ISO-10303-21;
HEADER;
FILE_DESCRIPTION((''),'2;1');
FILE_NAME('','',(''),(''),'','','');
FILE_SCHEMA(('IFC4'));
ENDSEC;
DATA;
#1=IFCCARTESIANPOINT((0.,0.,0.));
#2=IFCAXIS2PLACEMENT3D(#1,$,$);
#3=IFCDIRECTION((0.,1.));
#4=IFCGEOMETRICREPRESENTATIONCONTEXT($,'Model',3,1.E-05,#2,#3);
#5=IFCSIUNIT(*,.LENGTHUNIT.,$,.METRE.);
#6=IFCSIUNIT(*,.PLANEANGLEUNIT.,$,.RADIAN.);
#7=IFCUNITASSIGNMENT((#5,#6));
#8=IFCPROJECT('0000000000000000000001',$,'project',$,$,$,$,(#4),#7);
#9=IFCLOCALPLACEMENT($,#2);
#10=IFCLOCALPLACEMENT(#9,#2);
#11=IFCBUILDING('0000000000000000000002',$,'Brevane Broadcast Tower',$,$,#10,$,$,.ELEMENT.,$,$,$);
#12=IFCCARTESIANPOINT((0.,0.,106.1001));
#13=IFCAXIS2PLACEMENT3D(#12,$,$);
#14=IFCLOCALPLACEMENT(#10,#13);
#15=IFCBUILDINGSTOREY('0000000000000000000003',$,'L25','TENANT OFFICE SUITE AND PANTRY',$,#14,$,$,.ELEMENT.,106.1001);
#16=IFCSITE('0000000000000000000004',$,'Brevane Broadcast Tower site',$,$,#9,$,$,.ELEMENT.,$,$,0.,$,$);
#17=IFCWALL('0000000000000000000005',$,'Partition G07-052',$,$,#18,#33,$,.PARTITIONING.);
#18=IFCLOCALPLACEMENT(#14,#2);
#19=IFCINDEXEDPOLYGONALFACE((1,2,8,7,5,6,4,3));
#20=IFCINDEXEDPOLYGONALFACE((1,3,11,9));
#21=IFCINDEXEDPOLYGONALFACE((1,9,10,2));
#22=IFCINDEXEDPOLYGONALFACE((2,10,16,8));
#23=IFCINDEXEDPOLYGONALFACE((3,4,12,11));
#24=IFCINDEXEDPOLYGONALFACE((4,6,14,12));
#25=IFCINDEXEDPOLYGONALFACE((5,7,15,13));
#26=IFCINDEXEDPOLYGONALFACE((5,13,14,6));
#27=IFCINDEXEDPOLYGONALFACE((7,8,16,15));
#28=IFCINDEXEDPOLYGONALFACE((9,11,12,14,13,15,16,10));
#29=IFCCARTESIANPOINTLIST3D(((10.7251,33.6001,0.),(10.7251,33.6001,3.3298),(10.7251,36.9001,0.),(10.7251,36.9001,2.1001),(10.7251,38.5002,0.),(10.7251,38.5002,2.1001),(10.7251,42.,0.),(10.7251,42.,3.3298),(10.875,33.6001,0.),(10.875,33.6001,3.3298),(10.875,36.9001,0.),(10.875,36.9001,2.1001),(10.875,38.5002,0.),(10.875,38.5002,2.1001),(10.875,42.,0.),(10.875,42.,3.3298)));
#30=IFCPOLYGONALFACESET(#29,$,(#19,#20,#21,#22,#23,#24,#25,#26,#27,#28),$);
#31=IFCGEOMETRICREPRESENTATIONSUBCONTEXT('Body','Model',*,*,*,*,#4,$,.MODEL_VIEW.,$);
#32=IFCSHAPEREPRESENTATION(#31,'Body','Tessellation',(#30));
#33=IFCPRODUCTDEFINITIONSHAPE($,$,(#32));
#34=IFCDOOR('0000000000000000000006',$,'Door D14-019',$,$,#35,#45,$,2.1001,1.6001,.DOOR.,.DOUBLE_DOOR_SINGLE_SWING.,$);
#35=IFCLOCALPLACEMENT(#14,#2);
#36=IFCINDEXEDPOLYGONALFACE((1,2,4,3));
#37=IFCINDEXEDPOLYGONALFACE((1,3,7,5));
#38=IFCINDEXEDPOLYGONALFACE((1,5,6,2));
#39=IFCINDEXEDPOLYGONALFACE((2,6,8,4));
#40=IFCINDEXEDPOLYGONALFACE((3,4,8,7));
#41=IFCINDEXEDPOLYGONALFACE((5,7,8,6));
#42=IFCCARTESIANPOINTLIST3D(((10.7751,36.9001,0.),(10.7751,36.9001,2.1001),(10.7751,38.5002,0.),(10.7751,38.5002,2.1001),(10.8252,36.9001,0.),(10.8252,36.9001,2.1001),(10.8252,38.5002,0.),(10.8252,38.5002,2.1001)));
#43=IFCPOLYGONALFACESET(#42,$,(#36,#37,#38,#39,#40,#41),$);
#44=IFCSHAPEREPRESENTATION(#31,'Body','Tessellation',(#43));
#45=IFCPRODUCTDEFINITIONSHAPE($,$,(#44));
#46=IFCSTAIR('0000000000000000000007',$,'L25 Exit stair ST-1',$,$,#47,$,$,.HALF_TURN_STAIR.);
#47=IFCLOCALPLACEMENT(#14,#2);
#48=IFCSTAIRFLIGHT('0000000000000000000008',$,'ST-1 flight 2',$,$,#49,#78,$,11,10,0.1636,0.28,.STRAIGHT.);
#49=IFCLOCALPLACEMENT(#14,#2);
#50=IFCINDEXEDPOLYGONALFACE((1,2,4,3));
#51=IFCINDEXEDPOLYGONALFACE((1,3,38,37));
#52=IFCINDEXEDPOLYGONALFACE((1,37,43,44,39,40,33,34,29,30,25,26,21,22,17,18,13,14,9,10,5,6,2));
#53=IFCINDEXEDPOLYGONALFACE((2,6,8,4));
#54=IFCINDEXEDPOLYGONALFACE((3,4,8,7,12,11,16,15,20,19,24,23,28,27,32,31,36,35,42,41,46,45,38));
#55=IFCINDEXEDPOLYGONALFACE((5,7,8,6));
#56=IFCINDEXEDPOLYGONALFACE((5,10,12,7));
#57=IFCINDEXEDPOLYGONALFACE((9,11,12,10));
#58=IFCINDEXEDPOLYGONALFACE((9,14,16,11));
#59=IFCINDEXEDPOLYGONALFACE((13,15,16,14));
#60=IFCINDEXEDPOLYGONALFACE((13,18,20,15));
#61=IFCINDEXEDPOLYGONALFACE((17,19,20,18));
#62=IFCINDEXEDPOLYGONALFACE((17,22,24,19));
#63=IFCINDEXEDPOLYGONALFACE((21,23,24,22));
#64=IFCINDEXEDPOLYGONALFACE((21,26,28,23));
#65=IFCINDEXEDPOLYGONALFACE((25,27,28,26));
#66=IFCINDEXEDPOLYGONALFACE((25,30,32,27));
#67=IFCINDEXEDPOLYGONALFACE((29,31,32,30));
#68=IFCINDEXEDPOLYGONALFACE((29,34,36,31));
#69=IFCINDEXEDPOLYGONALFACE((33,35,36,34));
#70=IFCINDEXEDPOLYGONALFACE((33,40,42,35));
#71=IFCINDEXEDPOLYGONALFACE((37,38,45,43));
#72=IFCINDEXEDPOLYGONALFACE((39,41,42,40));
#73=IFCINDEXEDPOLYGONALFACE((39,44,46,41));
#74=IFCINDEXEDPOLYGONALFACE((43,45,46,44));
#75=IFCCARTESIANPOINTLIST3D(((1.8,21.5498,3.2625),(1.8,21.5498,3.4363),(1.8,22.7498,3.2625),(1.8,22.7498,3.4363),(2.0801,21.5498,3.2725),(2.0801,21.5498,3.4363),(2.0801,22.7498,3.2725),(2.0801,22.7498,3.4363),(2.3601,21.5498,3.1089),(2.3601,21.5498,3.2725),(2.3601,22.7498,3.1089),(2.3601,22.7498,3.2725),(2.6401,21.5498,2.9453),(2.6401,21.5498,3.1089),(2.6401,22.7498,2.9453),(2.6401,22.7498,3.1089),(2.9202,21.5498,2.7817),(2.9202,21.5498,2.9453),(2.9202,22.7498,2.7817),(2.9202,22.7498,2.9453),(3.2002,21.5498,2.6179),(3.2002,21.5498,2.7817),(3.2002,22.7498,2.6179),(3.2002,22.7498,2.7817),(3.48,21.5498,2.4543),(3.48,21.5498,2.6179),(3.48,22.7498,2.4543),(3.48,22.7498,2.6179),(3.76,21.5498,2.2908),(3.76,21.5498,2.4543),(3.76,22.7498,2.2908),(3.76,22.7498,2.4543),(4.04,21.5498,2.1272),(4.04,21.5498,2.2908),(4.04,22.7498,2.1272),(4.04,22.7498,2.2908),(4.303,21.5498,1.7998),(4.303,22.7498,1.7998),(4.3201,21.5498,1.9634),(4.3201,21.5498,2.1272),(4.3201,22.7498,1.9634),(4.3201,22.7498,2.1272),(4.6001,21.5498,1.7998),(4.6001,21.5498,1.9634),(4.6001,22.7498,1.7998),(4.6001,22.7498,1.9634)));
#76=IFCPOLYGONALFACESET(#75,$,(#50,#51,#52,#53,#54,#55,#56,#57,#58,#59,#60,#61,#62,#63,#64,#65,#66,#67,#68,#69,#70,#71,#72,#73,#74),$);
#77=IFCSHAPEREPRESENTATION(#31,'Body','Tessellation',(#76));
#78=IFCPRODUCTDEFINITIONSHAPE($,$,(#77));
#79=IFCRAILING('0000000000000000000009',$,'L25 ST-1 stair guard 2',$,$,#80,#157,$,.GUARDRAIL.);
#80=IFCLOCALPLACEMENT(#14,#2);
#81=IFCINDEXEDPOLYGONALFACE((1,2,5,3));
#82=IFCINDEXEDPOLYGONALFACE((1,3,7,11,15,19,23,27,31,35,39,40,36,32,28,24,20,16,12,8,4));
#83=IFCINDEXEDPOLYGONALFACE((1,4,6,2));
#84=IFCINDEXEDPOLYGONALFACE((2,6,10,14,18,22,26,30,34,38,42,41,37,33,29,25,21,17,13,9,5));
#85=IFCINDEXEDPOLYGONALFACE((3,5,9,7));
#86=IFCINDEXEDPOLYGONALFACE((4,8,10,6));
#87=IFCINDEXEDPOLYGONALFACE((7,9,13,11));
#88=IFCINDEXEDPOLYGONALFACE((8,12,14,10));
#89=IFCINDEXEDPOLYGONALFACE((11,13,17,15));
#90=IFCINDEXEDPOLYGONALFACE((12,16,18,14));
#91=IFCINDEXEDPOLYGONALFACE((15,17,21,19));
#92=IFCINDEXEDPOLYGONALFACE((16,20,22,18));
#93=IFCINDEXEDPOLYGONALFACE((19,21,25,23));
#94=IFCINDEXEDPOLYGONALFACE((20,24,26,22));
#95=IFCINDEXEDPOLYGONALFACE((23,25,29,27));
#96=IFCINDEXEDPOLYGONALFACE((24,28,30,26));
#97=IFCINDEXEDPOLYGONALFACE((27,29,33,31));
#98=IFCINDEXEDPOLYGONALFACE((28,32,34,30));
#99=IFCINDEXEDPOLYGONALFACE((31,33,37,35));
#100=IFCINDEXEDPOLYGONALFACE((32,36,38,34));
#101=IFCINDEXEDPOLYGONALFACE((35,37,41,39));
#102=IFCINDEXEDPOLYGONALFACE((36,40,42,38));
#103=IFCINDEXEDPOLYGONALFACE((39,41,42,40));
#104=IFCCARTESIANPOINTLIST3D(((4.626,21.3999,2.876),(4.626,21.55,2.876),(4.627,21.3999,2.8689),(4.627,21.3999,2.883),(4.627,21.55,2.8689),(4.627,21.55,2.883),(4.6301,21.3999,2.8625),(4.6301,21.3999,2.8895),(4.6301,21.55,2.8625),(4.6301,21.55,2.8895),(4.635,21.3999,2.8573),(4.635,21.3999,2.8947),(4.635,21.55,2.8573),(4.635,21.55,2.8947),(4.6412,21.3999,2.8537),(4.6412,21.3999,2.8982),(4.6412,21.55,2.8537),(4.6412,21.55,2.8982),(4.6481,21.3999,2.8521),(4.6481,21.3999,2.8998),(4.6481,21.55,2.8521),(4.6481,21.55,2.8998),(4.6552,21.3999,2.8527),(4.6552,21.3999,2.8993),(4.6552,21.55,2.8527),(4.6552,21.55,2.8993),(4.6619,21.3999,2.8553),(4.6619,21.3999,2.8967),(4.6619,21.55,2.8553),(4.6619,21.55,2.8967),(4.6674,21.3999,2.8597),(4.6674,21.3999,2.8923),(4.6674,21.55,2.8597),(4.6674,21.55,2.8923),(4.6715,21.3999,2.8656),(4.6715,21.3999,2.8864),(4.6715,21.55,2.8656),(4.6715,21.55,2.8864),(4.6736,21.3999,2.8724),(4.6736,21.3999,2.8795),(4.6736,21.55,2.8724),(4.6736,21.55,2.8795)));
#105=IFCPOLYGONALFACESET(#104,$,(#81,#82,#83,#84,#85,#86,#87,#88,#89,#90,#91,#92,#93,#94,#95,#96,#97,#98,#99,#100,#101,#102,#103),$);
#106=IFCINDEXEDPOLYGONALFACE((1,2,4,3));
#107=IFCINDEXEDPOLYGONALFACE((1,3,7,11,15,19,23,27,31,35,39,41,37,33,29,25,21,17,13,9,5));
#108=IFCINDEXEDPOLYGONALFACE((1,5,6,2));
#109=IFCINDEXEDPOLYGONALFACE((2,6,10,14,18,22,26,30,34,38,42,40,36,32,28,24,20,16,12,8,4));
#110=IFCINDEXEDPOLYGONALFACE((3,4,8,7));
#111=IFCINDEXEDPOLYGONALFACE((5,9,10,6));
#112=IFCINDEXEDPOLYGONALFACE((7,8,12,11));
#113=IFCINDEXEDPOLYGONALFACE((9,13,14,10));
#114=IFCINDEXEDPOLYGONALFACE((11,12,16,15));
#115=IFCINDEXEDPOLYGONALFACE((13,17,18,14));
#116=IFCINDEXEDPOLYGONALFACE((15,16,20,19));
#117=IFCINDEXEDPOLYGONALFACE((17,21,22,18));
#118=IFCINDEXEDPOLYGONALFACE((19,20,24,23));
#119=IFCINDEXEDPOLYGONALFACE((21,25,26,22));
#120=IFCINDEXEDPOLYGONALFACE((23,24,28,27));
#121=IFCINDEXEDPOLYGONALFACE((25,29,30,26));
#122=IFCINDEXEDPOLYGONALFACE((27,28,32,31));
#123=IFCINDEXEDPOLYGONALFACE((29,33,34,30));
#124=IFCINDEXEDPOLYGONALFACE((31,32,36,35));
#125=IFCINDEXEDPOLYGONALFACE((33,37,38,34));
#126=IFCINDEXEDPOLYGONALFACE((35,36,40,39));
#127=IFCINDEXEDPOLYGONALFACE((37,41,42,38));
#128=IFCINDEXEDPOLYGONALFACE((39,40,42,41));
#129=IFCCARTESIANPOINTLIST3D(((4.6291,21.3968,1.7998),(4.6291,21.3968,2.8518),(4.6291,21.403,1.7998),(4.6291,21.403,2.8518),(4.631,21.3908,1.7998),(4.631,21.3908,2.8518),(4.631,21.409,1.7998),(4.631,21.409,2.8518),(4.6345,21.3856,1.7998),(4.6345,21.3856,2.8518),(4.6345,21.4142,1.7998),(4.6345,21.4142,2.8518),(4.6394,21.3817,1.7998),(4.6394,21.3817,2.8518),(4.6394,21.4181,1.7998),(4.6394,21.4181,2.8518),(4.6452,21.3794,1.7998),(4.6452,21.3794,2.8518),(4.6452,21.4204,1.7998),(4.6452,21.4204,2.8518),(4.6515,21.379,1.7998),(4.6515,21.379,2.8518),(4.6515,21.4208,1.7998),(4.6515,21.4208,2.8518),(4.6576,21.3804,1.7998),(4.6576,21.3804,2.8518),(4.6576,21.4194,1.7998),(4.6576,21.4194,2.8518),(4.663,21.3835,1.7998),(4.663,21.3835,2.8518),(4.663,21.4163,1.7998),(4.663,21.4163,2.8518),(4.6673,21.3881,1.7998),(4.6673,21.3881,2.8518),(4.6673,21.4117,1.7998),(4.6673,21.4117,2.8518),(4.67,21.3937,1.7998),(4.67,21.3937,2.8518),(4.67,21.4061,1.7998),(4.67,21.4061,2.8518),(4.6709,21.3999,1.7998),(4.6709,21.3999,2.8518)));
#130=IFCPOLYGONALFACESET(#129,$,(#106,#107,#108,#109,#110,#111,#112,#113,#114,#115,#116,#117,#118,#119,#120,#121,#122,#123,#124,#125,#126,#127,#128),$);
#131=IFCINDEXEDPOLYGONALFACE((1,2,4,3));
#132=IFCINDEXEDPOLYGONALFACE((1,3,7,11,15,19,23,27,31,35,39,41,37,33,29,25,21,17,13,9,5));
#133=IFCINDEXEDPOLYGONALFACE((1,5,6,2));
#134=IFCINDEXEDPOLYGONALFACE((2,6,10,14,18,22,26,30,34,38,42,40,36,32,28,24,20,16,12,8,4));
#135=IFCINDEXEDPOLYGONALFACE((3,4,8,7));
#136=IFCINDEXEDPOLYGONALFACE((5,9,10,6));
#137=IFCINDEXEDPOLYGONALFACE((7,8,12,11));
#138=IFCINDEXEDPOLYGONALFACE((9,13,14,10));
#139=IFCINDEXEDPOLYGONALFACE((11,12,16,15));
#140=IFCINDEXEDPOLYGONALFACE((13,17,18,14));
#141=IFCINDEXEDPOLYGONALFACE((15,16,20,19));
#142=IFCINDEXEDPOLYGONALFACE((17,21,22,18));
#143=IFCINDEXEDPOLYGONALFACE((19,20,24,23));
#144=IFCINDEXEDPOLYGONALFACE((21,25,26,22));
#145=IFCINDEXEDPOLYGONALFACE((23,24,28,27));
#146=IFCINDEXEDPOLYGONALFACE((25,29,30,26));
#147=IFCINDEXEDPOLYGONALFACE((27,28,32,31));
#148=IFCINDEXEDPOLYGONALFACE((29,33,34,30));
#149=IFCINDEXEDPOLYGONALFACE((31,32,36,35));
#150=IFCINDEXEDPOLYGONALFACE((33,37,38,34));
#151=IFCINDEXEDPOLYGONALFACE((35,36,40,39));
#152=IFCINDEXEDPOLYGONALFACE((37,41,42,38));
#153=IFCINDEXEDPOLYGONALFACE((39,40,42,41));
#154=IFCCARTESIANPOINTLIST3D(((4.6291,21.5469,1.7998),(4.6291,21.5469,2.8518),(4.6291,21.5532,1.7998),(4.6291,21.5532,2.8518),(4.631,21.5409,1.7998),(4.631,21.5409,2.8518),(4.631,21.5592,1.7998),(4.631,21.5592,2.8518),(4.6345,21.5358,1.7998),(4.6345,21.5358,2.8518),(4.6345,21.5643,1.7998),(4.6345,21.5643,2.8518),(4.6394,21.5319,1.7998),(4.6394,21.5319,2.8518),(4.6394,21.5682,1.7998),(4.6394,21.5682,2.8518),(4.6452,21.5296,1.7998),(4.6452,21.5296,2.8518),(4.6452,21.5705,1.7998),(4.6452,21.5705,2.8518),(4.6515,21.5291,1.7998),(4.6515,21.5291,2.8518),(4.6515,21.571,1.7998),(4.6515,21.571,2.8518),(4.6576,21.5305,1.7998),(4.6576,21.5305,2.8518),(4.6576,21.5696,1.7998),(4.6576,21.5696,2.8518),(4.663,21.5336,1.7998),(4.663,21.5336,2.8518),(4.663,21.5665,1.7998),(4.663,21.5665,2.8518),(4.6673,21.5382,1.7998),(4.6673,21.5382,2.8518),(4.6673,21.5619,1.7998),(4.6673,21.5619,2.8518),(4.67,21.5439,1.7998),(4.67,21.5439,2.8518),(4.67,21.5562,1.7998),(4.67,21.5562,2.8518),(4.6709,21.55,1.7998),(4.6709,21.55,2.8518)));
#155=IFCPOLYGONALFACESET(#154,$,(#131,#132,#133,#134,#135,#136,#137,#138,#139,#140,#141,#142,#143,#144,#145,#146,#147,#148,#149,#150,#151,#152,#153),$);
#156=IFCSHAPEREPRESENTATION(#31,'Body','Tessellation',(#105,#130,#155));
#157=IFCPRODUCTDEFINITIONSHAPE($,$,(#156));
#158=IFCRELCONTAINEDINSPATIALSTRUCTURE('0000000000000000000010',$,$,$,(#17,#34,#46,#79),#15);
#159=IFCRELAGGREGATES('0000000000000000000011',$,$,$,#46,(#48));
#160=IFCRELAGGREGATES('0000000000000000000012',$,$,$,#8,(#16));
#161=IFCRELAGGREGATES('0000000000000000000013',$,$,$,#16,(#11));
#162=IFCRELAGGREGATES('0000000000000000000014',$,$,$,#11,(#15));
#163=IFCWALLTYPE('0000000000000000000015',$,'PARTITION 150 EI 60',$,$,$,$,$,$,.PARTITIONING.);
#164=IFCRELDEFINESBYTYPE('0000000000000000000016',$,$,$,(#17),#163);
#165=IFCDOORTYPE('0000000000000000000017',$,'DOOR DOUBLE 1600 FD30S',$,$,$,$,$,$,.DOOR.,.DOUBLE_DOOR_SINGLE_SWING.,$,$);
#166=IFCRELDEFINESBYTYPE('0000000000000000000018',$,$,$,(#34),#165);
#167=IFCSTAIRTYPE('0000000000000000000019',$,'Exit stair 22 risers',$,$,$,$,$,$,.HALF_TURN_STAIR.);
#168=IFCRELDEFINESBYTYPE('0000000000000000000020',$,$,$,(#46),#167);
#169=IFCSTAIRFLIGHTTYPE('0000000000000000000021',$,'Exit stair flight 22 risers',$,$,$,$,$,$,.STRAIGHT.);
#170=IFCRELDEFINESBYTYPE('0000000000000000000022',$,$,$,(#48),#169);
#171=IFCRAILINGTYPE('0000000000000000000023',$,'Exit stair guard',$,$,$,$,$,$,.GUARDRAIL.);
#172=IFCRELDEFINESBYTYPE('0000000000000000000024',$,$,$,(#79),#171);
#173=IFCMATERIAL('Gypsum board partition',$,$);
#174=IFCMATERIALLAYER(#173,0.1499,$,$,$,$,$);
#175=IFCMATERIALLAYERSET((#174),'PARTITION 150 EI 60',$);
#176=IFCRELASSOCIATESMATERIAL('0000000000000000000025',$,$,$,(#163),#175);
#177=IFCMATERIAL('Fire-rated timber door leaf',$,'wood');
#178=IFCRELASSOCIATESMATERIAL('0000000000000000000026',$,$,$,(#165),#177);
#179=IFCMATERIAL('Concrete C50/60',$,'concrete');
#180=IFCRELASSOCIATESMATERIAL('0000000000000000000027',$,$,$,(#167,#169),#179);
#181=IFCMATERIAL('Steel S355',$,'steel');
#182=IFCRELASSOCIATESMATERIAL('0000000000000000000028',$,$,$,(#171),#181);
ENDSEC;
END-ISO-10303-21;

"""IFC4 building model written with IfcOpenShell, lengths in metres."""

from ifc_helpers import new_model, si_unit, direction, frame, frame_2d, origin, origin_2d, place, context, subcontext, project, spatial, polyline, rectangle, circle, outline, extrude, material, layer, layer_set, type_object, element, fill, aggregate, save


model = new_model("IFC4")

# Units and contexts
model_context = context("Model", 3, precision=1e-05, world=origin(), true_north=direction((0.0, 1.0)))
body_context = subcontext(model_context, "Body", "Model", "MODEL_VIEW")
ifc_project = project(units=[si_unit("LENGTHUNIT", "METRE"), si_unit("PLANEANGLEUNIT", "RADIAN")], contexts=[model_context])

# Site, building, storey
site_placement = place(None, origin())
site = spatial("IfcSite", under=ifc_project, at=site_placement, Name="Brevane Broadcast Tower site", CompositionType="ELEMENT", RefElevation=0.0)
building_placement = place(site_placement, origin())
building = spatial("IfcBuilding", under=site, at=building_placement, Name="Brevane Broadcast Tower", CompositionType="ELEMENT")
storey_placement = place(building_placement, frame((0.0, 0.0, 106.1001)))
storey = spatial("IfcBuildingStorey", under=building, at=storey_placement, Name="L25", Description="TENANT OFFICE SUITE AND PANTRY", CompositionType="ELEMENT", Elevation=106.1001)

# Shared definitions
ifc_material_1 = material(Name="Gypsum board partition")

# Shared definitions
ifc_layer_1 = layer(ifc_material_1, 0.1499)
ifc_layer_set_1 = layer_set([ifc_layer_1], Name="PARTITION 150 EI 60")
wall_type_1 = type_object("IfcWallType", Name="PARTITION 150 EI 60", PredefinedType="PARTITIONING", material=ifc_layer_set_1)
ifc_material_2 = material(Name="Fire-rated timber door leaf", Category="wood")
door_type_1 = type_object("IfcDoorType", Name="DOOR DOUBLE 1600 FD30S", OperationType="DOUBLE_DOOR_SINGLE_SWING", PredefinedType="DOOR", material=ifc_material_2)

# Wall, opening, door
wall_1_placement = place(storey_placement, frame((10.8, 33.6001, 0.0), z_axis=(0.0, 0.0, 1.0), x_axis=(0.0, 1.0, 0.0)))
wall_1 = element("IfcWall", 1, at=wall_1_placement, inside=storey, type_object=wall_type_1, Name="Partition G07-052", PredefinedType="PARTITIONING", context=body_context, shape_type="SweptSolid", body=[
    extrude(rectangle(XDim=8.3999, YDim=0.1499, at=frame_2d((4.2, 0.0))), origin(), (0.0, 0.0, 1.0), 3.3298),
])
opening_1_placement = place(wall_1_placement, frame((3.3, 0.0, 0.0)))
opening_1 = element("IfcOpeningElement", 2, at=opening_1_placement, cuts=wall_1, PredefinedType="OPENING", context=body_context, shape_type="SweptSolid", body=[
    extrude(rectangle(XDim=1.6001, YDim=2.1001, at=frame_2d((0.8, 1.05))), frame((0.0, 0.085, 0.0), z_axis=(0.0, -1.0, 0.0), x_axis=(1.0, 0.0, 0.0)), (0.0, 0.0, 1.0), 0.1699),
])
door_1_placement = place(opening_1_placement, origin())
door_1 = element("IfcDoor", 3, at=door_1_placement, inside=storey, type_object=door_type_1, Name="Door D14-019", OperationType="DOUBLE_DOOR_SINGLE_SWING", OverallHeight=2.1001, OverallWidth=1.6001, PredefinedType="DOOR", context=body_context, shape_type="SweptSolid", body=[
    extrude(rectangle(XDim=1.6001, YDim=2.1001, at=frame_2d((0.8, 1.05))), frame((0.0, 0.0249, 0.0), z_axis=(0.0, -1.0, 0.0), x_axis=(1.0, 0.0, 0.0)), (0.0, 0.0, 1.0), 0.05),
])
fill(opening_1, door_1)

# Stair, stair flight
ifc_material_3 = material(Name="Concrete C50/60", Category="concrete")
stair_type = type_object("IfcStairType", Name="Exit stair 22 risers", PredefinedType="HALF_TURN_STAIR", material=ifc_material_3)
stair_placement = place(storey_placement, origin())
stair = element("IfcStair", 4, at=stair_placement, inside=storey, type_object=stair_type, Name="L25 Exit stair ST-1", PredefinedType="HALF_TURN_STAIR")
stair_flight_type = type_object("IfcStairFlightType", Name="Exit stair flight 22 risers", PredefinedType="STRAIGHT", material=ifc_material_3)
stair_flight_placement = place(storey_placement, frame((4.6001, 22.1499, 1.7998), z_axis=(0.0, 0.0, 1.0), x_axis=(-1.0, 0.0, 0.0)))
stair_flight = element("IfcStairFlight", 5, at=stair_flight_placement, type_object=stair_flight_type, Name="ST-1 flight 2", NumberOfRisers=11, NumberOfTreads=10, PredefinedType="STRAIGHT", RiserHeight=0.1636, TreadLength=0.28, context=body_context, shape_type="SweptSolid", body=[
    extrude(outline(polyline([(0.0, 0.0), (0.0, 0.1636), (0.28, 0.1636), (0.28, 0.3274), (0.5601, 0.3274), (0.5601, 0.491), (0.8401, 0.491), (0.8401, 0.6545), (1.1201, 0.6545), (1.1201, 0.8181), (1.3999, 0.8181), (1.3999, 0.9819), (1.6799, 0.9819), (1.6799, 1.1455), (1.96, 1.1455), (1.96, 1.3091), (2.24, 1.3091), (2.24, 1.4727), (2.52, 1.4727), (2.52, 1.6365), (2.8, 1.6365), (2.8, 1.8), (2.8, 1.4626), (0.2971, 0.0), (0.0, 0.0)])), frame((0.0, 0.6001, 0.0), z_axis=(0.0, -1.0, 0.0), x_axis=(1.0, 0.0, 0.0)), (0.0, 0.0, 1.0), 1.2),
])
aggregate(stair, [stair_flight])

# Railing
ifc_material_4 = material(Name="Steel S355", Category="steel")
railing_type_1 = type_object("IfcRailingType", Name="Exit stair guard", PredefinedType="GUARDRAIL", material=ifc_material_4)
railing_1_placement = place(storey_placement, frame((4.6499, 21.3999, 1.7998)))
element("IfcRailing", 6, at=railing_1_placement, inside=storey, type_object=railing_type_1, Name="L25 ST-1 stair guard 2", PredefinedType="GUARDRAIL", context=body_context, shape_type="SweptSolid", body=[
    extrude(circle(Radius=0.0239, at=origin_2d()), frame((0.0, 0.0, 1.0762), z_axis=(0.0, 1.0, 0.0), x_axis=(-1.0, 0.0, 0.0)), (0.0, 0.0, 1.0), 0.1501),
    extrude(circle(Radius=0.021, at=origin_2d()), origin(), (0.0, 0.0, 1.0), 1.052),
    extrude(circle(Radius=0.021, at=origin_2d()), frame((0.0, 0.1501, 0.0)), (0.0, 0.0, 1.0), 1.052),
])

save(model, "model.ifc")
